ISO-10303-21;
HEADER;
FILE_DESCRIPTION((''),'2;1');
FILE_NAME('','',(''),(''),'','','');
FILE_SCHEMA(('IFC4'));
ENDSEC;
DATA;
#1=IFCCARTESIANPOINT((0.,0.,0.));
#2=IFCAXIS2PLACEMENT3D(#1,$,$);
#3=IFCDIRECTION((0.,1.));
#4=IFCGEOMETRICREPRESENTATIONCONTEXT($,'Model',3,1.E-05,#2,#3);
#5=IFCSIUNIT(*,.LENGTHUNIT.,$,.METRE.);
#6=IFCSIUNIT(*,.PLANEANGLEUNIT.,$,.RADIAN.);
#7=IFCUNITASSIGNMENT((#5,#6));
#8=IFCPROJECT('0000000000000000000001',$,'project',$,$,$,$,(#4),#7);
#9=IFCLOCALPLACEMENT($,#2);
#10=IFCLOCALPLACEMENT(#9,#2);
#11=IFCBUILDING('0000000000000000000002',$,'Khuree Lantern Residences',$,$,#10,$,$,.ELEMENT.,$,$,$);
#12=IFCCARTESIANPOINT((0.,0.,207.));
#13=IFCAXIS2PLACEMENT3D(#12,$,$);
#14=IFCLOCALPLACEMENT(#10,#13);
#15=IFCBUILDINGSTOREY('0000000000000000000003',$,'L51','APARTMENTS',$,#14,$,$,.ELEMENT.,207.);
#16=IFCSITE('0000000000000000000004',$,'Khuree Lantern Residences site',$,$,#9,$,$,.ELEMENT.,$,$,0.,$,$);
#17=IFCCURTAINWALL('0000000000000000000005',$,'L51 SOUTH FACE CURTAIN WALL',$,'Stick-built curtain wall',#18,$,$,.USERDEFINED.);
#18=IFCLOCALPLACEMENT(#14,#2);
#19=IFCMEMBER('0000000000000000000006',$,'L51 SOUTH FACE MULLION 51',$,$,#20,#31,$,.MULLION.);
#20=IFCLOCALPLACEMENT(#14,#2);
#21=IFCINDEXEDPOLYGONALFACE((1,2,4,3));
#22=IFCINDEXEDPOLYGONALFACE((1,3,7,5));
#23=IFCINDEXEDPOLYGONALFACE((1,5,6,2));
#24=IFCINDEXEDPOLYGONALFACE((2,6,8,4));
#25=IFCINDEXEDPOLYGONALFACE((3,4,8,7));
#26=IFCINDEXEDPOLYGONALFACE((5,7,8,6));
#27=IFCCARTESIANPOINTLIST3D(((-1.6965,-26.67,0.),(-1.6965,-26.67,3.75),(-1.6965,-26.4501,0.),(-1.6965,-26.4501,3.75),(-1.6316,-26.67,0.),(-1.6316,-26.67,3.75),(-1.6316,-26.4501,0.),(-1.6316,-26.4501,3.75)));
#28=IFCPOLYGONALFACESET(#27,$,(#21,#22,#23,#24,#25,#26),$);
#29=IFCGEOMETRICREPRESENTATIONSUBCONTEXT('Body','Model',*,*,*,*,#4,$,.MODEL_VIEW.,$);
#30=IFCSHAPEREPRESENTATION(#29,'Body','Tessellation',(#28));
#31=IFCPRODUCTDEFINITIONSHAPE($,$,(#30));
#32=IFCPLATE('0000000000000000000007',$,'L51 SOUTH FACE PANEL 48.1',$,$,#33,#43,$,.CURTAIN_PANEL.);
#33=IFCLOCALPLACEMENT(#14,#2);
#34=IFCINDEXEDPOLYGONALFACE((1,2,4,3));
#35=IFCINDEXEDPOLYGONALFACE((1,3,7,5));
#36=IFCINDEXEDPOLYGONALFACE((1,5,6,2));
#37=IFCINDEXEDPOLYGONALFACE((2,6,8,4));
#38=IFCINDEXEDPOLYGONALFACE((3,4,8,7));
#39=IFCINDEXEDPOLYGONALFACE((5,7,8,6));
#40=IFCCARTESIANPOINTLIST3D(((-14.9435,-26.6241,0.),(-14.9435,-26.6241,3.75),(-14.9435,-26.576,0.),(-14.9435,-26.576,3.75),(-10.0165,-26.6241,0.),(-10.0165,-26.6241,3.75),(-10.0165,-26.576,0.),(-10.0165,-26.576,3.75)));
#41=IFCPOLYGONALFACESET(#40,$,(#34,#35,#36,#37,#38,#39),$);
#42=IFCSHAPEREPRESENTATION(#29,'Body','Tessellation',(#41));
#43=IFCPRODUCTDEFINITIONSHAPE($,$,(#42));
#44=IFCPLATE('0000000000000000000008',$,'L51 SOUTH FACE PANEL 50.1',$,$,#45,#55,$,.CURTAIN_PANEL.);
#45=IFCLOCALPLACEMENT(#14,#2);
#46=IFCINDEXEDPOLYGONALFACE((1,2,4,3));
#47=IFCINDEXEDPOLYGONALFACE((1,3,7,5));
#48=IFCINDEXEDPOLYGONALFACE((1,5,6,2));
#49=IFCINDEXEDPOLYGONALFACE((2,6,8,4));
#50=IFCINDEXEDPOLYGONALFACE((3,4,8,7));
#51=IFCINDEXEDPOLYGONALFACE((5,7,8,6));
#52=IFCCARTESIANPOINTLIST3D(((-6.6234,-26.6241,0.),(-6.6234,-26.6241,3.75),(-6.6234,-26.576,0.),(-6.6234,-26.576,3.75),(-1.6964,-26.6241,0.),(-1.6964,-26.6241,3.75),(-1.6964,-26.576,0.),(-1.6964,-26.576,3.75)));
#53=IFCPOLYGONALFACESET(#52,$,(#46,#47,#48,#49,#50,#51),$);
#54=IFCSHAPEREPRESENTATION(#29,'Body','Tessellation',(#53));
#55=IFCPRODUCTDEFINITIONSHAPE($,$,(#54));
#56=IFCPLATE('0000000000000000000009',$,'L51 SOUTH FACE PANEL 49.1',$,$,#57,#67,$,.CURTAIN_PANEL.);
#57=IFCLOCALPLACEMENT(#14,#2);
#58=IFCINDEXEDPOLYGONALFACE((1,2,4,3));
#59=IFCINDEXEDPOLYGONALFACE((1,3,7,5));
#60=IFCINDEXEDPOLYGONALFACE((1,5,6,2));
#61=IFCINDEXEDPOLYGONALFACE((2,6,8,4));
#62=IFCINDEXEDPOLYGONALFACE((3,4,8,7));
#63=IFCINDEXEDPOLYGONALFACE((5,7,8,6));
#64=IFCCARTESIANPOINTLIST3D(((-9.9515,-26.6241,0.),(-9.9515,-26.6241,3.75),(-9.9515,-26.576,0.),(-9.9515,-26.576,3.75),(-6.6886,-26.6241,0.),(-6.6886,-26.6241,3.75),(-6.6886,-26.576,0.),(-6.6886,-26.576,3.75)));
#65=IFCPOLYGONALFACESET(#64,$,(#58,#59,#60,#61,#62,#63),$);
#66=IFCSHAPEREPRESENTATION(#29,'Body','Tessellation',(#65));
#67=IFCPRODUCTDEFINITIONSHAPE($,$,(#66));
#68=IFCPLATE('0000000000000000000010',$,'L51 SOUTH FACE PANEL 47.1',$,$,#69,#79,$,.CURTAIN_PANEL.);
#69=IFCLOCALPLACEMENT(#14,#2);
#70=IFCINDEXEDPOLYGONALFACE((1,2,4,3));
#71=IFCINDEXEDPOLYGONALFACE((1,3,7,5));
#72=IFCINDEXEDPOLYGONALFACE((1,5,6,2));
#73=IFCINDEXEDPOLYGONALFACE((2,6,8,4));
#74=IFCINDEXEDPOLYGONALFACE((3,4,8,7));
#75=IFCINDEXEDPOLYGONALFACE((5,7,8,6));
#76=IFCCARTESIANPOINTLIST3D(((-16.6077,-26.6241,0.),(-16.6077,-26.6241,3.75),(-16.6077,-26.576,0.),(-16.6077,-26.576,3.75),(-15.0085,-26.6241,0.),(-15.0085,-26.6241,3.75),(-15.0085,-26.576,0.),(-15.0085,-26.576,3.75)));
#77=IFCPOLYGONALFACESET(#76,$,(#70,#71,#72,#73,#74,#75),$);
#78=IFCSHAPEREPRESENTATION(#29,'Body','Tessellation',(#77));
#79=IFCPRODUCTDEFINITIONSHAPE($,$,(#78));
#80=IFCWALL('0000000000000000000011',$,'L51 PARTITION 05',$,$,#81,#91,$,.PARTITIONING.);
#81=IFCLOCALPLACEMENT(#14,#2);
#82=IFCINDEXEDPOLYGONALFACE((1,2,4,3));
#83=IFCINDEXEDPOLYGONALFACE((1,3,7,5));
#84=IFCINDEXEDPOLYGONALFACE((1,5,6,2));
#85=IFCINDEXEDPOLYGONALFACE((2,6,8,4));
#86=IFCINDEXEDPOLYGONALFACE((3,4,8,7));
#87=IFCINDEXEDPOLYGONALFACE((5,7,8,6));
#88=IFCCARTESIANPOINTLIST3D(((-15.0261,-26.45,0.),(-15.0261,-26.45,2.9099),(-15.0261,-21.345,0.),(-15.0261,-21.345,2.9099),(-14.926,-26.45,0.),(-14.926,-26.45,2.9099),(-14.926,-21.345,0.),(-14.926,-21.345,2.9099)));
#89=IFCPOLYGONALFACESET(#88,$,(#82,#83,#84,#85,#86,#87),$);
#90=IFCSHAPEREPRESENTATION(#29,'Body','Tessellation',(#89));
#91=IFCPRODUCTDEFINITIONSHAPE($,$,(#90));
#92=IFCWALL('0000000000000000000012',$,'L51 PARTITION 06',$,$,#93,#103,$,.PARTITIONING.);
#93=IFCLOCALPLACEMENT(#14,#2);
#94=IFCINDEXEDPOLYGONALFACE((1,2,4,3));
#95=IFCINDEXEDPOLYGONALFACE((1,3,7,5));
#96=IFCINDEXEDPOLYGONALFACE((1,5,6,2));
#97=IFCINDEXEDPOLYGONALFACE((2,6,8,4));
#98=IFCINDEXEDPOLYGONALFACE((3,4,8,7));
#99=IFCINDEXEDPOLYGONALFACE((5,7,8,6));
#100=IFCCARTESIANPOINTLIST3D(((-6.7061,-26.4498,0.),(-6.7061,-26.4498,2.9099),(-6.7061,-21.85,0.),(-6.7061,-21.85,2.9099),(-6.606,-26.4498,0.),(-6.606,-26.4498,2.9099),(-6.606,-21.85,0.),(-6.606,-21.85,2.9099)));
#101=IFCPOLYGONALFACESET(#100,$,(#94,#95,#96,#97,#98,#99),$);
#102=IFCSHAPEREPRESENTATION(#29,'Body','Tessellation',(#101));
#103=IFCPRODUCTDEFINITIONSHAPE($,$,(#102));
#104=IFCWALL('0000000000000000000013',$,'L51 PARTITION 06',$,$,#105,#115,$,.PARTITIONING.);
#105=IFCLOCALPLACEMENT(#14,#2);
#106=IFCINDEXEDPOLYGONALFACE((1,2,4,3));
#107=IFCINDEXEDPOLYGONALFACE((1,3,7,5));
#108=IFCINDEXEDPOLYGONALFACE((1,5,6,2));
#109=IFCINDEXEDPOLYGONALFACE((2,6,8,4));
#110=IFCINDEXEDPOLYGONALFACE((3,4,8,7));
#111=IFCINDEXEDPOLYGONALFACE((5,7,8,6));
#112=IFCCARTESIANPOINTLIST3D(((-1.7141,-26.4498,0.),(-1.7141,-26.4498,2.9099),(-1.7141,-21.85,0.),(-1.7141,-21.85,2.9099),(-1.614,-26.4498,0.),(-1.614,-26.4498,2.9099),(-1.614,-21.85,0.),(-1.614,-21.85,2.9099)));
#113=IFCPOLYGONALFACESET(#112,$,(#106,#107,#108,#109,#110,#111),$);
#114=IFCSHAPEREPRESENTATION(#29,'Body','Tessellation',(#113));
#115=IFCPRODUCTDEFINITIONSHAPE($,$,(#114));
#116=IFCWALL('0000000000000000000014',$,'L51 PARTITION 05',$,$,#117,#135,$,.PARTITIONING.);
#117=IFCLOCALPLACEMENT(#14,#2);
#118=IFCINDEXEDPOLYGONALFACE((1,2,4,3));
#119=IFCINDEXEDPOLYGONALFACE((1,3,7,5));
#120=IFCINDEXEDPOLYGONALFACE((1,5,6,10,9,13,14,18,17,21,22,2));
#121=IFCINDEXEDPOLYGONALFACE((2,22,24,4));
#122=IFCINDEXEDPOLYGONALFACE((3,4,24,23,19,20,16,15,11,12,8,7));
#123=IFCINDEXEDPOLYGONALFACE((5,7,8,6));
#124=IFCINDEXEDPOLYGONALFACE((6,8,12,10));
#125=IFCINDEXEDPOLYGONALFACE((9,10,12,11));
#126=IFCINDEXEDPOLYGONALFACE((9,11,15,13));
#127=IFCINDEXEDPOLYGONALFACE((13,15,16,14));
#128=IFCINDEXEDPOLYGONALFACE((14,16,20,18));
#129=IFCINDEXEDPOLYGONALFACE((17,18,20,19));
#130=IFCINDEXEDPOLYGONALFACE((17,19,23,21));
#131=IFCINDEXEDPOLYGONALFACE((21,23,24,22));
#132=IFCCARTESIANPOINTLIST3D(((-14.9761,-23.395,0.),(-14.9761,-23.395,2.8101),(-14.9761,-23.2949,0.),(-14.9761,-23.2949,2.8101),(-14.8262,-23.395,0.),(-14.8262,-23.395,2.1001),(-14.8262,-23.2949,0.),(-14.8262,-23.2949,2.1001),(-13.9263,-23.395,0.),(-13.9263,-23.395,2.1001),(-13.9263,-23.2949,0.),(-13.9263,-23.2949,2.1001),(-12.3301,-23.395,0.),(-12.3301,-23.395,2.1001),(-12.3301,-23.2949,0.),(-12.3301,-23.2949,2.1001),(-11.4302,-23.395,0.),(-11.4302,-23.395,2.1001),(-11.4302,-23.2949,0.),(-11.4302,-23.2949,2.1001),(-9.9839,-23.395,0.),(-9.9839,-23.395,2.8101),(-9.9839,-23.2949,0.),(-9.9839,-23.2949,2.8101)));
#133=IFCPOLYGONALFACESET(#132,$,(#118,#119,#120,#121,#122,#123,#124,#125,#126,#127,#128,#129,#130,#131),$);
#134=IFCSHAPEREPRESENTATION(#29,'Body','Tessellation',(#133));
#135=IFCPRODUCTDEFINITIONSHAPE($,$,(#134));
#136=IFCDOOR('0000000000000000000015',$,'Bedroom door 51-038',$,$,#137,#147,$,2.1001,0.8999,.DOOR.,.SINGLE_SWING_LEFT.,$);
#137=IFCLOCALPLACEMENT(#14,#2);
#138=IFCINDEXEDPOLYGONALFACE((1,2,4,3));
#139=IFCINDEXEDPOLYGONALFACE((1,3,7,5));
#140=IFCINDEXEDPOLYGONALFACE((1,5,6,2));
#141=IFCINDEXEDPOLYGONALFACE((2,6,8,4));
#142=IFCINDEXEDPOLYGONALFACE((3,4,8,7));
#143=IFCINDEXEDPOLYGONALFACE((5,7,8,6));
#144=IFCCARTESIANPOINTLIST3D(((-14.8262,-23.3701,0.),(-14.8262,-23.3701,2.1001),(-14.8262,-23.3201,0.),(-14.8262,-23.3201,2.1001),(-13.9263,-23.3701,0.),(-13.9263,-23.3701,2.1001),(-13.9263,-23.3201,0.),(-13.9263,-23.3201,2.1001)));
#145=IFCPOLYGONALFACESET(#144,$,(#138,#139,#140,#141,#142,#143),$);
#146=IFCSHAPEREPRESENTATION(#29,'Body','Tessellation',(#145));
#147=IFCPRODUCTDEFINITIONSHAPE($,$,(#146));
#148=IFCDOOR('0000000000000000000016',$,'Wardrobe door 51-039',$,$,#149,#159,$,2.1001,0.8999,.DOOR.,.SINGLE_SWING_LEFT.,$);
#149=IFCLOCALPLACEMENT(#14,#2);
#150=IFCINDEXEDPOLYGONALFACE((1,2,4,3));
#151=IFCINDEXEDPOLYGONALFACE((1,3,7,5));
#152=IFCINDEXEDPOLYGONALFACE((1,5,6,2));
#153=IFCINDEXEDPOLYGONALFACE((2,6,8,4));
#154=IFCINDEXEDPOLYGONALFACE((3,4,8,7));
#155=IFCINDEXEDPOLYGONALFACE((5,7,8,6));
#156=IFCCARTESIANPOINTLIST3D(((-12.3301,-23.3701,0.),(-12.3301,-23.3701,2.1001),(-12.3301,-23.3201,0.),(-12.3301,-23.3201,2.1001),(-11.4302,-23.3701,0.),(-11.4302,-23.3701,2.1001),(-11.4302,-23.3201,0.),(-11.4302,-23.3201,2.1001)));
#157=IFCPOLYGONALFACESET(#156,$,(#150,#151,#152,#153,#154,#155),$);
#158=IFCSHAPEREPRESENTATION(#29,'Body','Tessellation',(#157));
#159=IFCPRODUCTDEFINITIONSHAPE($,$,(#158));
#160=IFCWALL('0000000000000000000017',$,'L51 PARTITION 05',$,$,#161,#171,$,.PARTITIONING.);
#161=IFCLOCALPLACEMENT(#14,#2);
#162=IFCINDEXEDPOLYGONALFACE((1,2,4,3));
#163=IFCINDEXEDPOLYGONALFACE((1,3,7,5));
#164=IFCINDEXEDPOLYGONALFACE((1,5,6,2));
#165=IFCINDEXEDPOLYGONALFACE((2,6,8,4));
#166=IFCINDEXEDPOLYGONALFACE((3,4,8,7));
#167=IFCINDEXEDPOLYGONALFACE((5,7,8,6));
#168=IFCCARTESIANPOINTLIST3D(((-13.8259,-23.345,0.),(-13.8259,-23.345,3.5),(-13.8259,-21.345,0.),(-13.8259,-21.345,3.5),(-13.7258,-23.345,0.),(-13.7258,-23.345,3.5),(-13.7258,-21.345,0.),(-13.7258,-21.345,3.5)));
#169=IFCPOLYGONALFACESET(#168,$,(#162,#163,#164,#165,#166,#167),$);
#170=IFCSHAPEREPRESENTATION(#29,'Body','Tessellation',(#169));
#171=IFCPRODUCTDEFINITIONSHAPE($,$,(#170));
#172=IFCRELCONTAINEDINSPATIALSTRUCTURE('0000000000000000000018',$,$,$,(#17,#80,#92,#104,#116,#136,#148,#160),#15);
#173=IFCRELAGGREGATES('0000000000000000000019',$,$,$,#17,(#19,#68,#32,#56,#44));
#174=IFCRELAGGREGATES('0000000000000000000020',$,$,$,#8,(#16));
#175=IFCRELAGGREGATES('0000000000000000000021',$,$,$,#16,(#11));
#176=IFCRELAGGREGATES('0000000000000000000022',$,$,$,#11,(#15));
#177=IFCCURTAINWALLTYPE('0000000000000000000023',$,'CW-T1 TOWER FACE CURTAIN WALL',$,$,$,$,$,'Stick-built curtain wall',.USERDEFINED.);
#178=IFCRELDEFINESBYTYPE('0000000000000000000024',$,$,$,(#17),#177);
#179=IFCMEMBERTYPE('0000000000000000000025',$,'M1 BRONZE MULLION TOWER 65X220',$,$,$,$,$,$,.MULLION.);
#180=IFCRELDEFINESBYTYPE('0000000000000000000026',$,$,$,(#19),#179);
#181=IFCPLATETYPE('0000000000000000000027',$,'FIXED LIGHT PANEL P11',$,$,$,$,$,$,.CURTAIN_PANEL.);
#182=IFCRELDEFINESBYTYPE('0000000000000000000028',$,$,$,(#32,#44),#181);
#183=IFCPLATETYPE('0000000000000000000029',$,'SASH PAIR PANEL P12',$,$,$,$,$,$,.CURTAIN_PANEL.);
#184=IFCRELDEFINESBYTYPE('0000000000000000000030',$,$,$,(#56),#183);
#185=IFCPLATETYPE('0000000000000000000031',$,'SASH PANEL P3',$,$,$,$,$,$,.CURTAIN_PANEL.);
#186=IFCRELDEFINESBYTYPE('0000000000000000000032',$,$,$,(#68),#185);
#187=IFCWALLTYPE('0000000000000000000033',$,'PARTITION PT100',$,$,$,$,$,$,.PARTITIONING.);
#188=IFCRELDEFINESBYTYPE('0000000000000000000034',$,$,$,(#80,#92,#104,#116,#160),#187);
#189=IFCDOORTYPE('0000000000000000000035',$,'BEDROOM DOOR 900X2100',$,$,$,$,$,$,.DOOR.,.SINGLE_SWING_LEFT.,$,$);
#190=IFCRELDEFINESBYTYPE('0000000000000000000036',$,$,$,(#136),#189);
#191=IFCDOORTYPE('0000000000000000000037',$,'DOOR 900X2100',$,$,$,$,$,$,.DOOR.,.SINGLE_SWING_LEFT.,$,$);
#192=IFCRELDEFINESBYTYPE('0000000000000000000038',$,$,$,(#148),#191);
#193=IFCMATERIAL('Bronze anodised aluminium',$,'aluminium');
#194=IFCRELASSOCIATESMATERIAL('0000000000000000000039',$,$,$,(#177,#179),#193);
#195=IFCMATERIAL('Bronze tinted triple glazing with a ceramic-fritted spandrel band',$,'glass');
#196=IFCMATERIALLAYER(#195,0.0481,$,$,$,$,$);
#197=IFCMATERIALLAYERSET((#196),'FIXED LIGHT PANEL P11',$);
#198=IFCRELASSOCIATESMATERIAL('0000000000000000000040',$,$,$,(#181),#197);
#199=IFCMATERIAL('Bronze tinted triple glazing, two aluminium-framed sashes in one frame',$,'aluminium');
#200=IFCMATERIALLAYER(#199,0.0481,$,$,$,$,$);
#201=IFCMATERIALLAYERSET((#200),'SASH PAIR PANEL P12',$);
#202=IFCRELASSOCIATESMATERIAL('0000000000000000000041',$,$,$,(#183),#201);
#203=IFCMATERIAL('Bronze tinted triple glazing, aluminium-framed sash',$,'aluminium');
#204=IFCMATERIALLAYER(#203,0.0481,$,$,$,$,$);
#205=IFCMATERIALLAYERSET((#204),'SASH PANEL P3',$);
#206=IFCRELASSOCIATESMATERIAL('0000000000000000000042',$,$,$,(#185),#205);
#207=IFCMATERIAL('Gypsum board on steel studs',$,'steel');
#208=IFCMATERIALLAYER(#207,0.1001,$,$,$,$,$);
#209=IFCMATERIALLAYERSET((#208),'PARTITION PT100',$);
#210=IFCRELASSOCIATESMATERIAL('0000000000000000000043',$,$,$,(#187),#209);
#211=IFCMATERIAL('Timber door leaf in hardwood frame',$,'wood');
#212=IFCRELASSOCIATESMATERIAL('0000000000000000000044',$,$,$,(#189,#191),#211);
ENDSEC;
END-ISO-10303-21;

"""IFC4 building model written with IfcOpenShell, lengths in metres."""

from ifc_helpers import new_model, si_unit, direction, frame, frame_2d, origin, origin_2d, place, context, subcontext, project, spatial, rectangle, extrude, material, layer, layer_set, material_profile, profile_set, type_object, element, fill, aggregate, save


model = new_model("IFC4")

# Units and contexts
model_context = context("Model", 3, precision=1e-05, world=origin(), true_north=direction((0.0, 1.0)))
body_context = subcontext(model_context, "Body", "Model", "MODEL_VIEW")
ifc_project = project(units=[si_unit("LENGTHUNIT", "METRE"), si_unit("PLANEANGLEUNIT", "RADIAN")], contexts=[model_context])

# Site, building, storey
site_placement = place(None, origin())
site = spatial("IfcSite", under=ifc_project, at=site_placement, Name="Khuree Lantern Residences site", CompositionType="ELEMENT", RefElevation=0.0)
building_placement = place(site_placement, origin())
building = spatial("IfcBuilding", under=site, at=building_placement, Name="Khuree Lantern Residences", CompositionType="ELEMENT")
storey_placement = place(building_placement, frame((0.0, 0.0, 207.0)))
storey = spatial("IfcBuildingStorey", under=building, at=storey_placement, Name="L51", Description="APARTMENTS", CompositionType="ELEMENT", Elevation=207.0)

# Curtain wall
ifc_material_1 = material(Name="Bronze anodised aluminium", Category="aluminium")
curtain_wall_type = type_object("IfcCurtainWallType", Name="CW-T1 TOWER FACE CURTAIN WALL", ElementType="Stick-built curtain wall", PredefinedType="USERDEFINED", material=ifc_material_1)
curtain_wall_placement = place(storey_placement, origin())
curtain_wall = element("IfcCurtainWall", 1, at=curtain_wall_placement, inside=storey, type_object=curtain_wall_type, Name="L51 SOUTH FACE CURTAIN WALL", ObjectType="Stick-built curtain wall", PredefinedType="USERDEFINED")

# Member
ifc_material_profile_1 = material_profile(ifc_material_1, rectangle(XDim=0.0649, YDim=0.22, at=origin_2d()), Name="M1 65X220")
ifc_profile_set_1 = profile_set([ifc_material_profile_1], Name="Bronze anodised aluminium")
member_type_1 = type_object("IfcMemberType", Name="M1 BRONZE MULLION TOWER 65X220", PredefinedType="MULLION", material=ifc_profile_set_1)
member_1_placement = place(storey_placement, frame((-1.6641, -26.5601, 0.0), z_axis=(0.0, 0.0, 1.0), x_axis=(1.0, 0.0, 0.0)))
member_1 = element("IfcMember", 2, at=member_1_placement, type_object=member_type_1, Name="L51 SOUTH FACE MULLION 51", PredefinedType="MULLION", context=body_context, shape_type="SweptSolid", body=[
    extrude(rectangle(XDim=0.0649, YDim=0.22, at=origin_2d()), origin(), (0.0, 0.0, 1.0), 3.75),
])

# Plates
ifc_material_2 = material(Name="Bronze tinted triple glazing with a ceramic-fritted spandrel band", Category="glass")
ifc_layer_1 = layer(ifc_material_2, 0.0481)
ifc_layer_set_1 = layer_set([ifc_layer_1], Name="FIXED LIGHT PANEL P11")
plate_type_1 = type_object("IfcPlateType", Name="FIXED LIGHT PANEL P11", PredefinedType="CURTAIN_PANEL", material=ifc_layer_set_1)
plate_1_placement = place(storey_placement, frame((-12.48, -26.6001, 0.0), z_axis=(0.0, 0.0, 1.0), x_axis=(1.0, 0.0, 0.0)))
plate_1 = element("IfcPlate", 3, at=plate_1_placement, type_object=plate_type_1, Name="L51 SOUTH FACE PANEL 48.1", PredefinedType="CURTAIN_PANEL", context=body_context, shape_type="SweptSolid", body=[
    extrude(rectangle(XDim=4.927, YDim=0.0481, at=origin_2d()), origin(), (0.0, 0.0, 1.0), 3.75),
])
plate_2_placement = place(storey_placement, frame((-4.1599, -26.6001, 0.0), z_axis=(0.0, 0.0, 1.0), x_axis=(1.0, 0.0, 0.0)))
plate_2 = element("IfcPlate", 4, at=plate_2_placement, type_object=plate_type_1, Name="L51 SOUTH FACE PANEL 50.1", PredefinedType="CURTAIN_PANEL", context=body_context, shape_type="SweptSolid", body=[
    extrude(rectangle(XDim=4.927, YDim=0.0481, at=origin_2d()), origin(), (0.0, 0.0, 1.0), 3.75),
])
ifc_material_3 = material(Name="Bronze tinted triple glazing, two aluminium-framed sashes in one frame", Category="aluminium")
ifc_layer_2 = layer(ifc_material_3, 0.0481)
ifc_layer_set_2 = layer_set([ifc_layer_2], Name="SASH PAIR PANEL P12")
plate_type_2 = type_object("IfcPlateType", Name="SASH PAIR PANEL P12", PredefinedType="CURTAIN_PANEL", material=ifc_layer_set_2)
plate_3_placement = place(storey_placement, frame((-8.3201, -26.6001, 0.0), z_axis=(0.0, 0.0, 1.0), x_axis=(1.0, 0.0, 0.0)))
plate_3 = element("IfcPlate", 5, at=plate_3_placement, type_object=plate_type_2, Name="L51 SOUTH FACE PANEL 49.1", PredefinedType="CURTAIN_PANEL", context=body_context, shape_type="SweptSolid", body=[
    extrude(rectangle(XDim=3.2629, YDim=0.0481, at=origin_2d()), origin(), (0.0, 0.0, 1.0), 3.75),
])
ifc_material_4 = material(Name="Bronze tinted triple glazing, aluminium-framed sash", Category="aluminium")
ifc_layer_3 = layer(ifc_material_4, 0.0481)
ifc_layer_set_3 = layer_set([ifc_layer_3], Name="SASH PANEL P3")
plate_type_3 = type_object("IfcPlateType", Name="SASH PANEL P3", PredefinedType="CURTAIN_PANEL", material=ifc_layer_set_3)
plate_4_placement = place(storey_placement, frame((-15.8081, -26.6001, 0.0), z_axis=(0.0, 0.0, 1.0), x_axis=(1.0, 0.0, 0.0)))
plate_4 = element("IfcPlate", 6, at=plate_4_placement, type_object=plate_type_3, Name="L51 SOUTH FACE PANEL 47.1", PredefinedType="CURTAIN_PANEL", context=body_context, shape_type="SweptSolid", body=[
    extrude(rectangle(XDim=1.5991, YDim=0.0481, at=origin_2d()), origin(), (0.0, 0.0, 1.0), 3.75),
])
aggregate(curtain_wall, [member_1, plate_4, plate_1, plate_3, plate_2])

# Walls
ifc_material_5 = material(Name="Gypsum board on steel studs", Category="steel")
ifc_layer_4 = layer(ifc_material_5, 0.1001)
ifc_layer_set_4 = layer_set([ifc_layer_4], Name="PARTITION PT100")
wall_type = type_object("IfcWallType", Name="PARTITION PT100", PredefinedType="PARTITIONING", material=ifc_layer_set_4)
wall_1_placement = place(storey_placement, frame((-14.9761, -21.345, 0.0), z_axis=(0.0, 0.0, 1.0), x_axis=(0.0, -1.0, 0.0)))
element("IfcWall", 7, at=wall_1_placement, inside=storey, type_object=wall_type, Name="L51 PARTITION 05", PredefinedType="PARTITIONING", context=body_context, shape_type="SweptSolid", body=[
    extrude(rectangle(XDim=5.105, YDim=0.1001, at=frame_2d((2.5525, 0.0))), origin(), (0.0, 0.0, 1.0), 2.9099),
])
for number, where, z_axis, x_axis, name in (
    (8, (-6.656, -21.8501, 0.0), (0.0, 0.0, 1.0), (0.0, -1.0, 0.0), "L51 PARTITION 06"),
    (9, (-1.6641, -21.8501, 0.0), (0.0, 0.0, 1.0), (0.0, -1.0, 0.0), "L51 PARTITION 06"),
):
    element("IfcWall", number, at=place(storey_placement, frame(where, z_axis=z_axis, x_axis=x_axis)), inside=storey, type_object=wall_type, Name=name, PredefinedType="PARTITIONING", context=body_context, shape_type="SweptSolid", body=[
        extrude(rectangle(XDim=4.5999, YDim=0.1001, at=frame_2d((2.2998, 0.0))), origin(), (0.0, 0.0, 1.0), 2.9099),
    ])

# Wall, openings, doors
wall_2_placement = place(storey_placement, frame((-14.9761, -23.345, 0.0), z_axis=(0.0, 0.0, 1.0), x_axis=(1.0, 0.0, 0.0)))
wall_2 = element("IfcWall", 10, at=wall_2_placement, inside=storey, type_object=wall_type, Name="L51 PARTITION 05", PredefinedType="PARTITIONING", context=body_context, shape_type="SweptSolid", body=[
    extrude(rectangle(XDim=4.9922, YDim=0.1001, at=frame_2d((2.4961, 0.0))), origin(), (0.0, 0.0, 1.0), 2.8101),
])
opening_1_placement = place(wall_2_placement, frame((0.1499, 0.0, 0.0)))
opening_1 = element("IfcOpeningElement", 11, at=opening_1_placement, cuts=wall_2, PredefinedType="OPENING", context=body_context, shape_type="SweptSolid", body=[
    extrude(rectangle(XDim=0.8999, YDim=2.1001, at=frame_2d((0.45, 1.05))), frame((0.0, 0.0601, 0.0), z_axis=(0.0, -1.0, 0.0), x_axis=(1.0, 0.0, 0.0)), (0.0, 0.0, 1.0), 0.1201),
])
opening_2_placement = place(wall_2_placement, frame((2.646, 0.0, 0.0)))
opening_2 = element("IfcOpeningElement", 12, at=opening_2_placement, cuts=wall_2, PredefinedType="OPENING", context=body_context, shape_type="SweptSolid", body=[
    extrude(rectangle(XDim=0.8999, YDim=2.1001, at=frame_2d((0.45, 1.05))), frame((0.0, 0.0601, 0.0), z_axis=(0.0, -1.0, 0.0), x_axis=(1.0, 0.0, 0.0)), (0.0, 0.0, 1.0), 0.1201),
])
ifc_material_6 = material(Name="Timber door leaf in hardwood frame", Category="wood")
door_type_1 = type_object("IfcDoorType", Name="BEDROOM DOOR 900X2100", OperationType="SINGLE_SWING_LEFT", PredefinedType="DOOR", material=ifc_material_6)
door_1_placement = place(opening_1_placement, origin())
door_1 = element("IfcDoor", 13, at=door_1_placement, inside=storey, type_object=door_type_1, Name="Bedroom door 51-038", OperationType="SINGLE_SWING_LEFT", OverallHeight=2.1001, OverallWidth=0.8999, PredefinedType="DOOR", context=body_context, shape_type="SweptSolid", body=[
    extrude(rectangle(XDim=0.8999, YDim=2.1001, at=frame_2d((0.45, 1.05))), frame((0.0, 0.0249, 0.0), z_axis=(0.0, -1.0, 0.0), x_axis=(1.0, 0.0, 0.0)), (0.0, 0.0, 1.0), 0.05),
])
fill(opening_1, door_1)
door_type_2 = type_object("IfcDoorType", Name="DOOR 900X2100", OperationType="SINGLE_SWING_LEFT", PredefinedType="DOOR", material=ifc_material_6)
door_2_placement = place(opening_2_placement, origin())
door_2 = element("IfcDoor", 14, at=door_2_placement, inside=storey, type_object=door_type_2, Name="Wardrobe door 51-039", OperationType="SINGLE_SWING_LEFT", OverallHeight=2.1001, OverallWidth=0.8999, PredefinedType="DOOR", context=body_context, shape_type="SweptSolid", body=[
    extrude(rectangle(XDim=0.8999, YDim=2.1001, at=frame_2d((0.45, 1.05))), frame((0.0, 0.0249, 0.0), z_axis=(0.0, -1.0, 0.0), x_axis=(1.0, 0.0, 0.0)), (0.0, 0.0, 1.0), 0.05),
])
fill(opening_2, door_2)

# Wall
wall_3_placement = place(storey_placement, frame((-13.7759, -21.345, 0.0), z_axis=(0.0, 0.0, 1.0), x_axis=(0.0, -1.0, 0.0)))
element("IfcWall", 15, at=wall_3_placement, inside=storey, type_object=wall_type, Name="L51 PARTITION 05", PredefinedType="PARTITIONING", context=body_context, shape_type="SweptSolid", body=[
    extrude(rectangle(XDim=2.0, YDim=0.1001, at=frame_2d((1.0, 0.0))), origin(), (0.0, 0.0, 1.0), 3.5),
])

save(model, "model.ifc")
